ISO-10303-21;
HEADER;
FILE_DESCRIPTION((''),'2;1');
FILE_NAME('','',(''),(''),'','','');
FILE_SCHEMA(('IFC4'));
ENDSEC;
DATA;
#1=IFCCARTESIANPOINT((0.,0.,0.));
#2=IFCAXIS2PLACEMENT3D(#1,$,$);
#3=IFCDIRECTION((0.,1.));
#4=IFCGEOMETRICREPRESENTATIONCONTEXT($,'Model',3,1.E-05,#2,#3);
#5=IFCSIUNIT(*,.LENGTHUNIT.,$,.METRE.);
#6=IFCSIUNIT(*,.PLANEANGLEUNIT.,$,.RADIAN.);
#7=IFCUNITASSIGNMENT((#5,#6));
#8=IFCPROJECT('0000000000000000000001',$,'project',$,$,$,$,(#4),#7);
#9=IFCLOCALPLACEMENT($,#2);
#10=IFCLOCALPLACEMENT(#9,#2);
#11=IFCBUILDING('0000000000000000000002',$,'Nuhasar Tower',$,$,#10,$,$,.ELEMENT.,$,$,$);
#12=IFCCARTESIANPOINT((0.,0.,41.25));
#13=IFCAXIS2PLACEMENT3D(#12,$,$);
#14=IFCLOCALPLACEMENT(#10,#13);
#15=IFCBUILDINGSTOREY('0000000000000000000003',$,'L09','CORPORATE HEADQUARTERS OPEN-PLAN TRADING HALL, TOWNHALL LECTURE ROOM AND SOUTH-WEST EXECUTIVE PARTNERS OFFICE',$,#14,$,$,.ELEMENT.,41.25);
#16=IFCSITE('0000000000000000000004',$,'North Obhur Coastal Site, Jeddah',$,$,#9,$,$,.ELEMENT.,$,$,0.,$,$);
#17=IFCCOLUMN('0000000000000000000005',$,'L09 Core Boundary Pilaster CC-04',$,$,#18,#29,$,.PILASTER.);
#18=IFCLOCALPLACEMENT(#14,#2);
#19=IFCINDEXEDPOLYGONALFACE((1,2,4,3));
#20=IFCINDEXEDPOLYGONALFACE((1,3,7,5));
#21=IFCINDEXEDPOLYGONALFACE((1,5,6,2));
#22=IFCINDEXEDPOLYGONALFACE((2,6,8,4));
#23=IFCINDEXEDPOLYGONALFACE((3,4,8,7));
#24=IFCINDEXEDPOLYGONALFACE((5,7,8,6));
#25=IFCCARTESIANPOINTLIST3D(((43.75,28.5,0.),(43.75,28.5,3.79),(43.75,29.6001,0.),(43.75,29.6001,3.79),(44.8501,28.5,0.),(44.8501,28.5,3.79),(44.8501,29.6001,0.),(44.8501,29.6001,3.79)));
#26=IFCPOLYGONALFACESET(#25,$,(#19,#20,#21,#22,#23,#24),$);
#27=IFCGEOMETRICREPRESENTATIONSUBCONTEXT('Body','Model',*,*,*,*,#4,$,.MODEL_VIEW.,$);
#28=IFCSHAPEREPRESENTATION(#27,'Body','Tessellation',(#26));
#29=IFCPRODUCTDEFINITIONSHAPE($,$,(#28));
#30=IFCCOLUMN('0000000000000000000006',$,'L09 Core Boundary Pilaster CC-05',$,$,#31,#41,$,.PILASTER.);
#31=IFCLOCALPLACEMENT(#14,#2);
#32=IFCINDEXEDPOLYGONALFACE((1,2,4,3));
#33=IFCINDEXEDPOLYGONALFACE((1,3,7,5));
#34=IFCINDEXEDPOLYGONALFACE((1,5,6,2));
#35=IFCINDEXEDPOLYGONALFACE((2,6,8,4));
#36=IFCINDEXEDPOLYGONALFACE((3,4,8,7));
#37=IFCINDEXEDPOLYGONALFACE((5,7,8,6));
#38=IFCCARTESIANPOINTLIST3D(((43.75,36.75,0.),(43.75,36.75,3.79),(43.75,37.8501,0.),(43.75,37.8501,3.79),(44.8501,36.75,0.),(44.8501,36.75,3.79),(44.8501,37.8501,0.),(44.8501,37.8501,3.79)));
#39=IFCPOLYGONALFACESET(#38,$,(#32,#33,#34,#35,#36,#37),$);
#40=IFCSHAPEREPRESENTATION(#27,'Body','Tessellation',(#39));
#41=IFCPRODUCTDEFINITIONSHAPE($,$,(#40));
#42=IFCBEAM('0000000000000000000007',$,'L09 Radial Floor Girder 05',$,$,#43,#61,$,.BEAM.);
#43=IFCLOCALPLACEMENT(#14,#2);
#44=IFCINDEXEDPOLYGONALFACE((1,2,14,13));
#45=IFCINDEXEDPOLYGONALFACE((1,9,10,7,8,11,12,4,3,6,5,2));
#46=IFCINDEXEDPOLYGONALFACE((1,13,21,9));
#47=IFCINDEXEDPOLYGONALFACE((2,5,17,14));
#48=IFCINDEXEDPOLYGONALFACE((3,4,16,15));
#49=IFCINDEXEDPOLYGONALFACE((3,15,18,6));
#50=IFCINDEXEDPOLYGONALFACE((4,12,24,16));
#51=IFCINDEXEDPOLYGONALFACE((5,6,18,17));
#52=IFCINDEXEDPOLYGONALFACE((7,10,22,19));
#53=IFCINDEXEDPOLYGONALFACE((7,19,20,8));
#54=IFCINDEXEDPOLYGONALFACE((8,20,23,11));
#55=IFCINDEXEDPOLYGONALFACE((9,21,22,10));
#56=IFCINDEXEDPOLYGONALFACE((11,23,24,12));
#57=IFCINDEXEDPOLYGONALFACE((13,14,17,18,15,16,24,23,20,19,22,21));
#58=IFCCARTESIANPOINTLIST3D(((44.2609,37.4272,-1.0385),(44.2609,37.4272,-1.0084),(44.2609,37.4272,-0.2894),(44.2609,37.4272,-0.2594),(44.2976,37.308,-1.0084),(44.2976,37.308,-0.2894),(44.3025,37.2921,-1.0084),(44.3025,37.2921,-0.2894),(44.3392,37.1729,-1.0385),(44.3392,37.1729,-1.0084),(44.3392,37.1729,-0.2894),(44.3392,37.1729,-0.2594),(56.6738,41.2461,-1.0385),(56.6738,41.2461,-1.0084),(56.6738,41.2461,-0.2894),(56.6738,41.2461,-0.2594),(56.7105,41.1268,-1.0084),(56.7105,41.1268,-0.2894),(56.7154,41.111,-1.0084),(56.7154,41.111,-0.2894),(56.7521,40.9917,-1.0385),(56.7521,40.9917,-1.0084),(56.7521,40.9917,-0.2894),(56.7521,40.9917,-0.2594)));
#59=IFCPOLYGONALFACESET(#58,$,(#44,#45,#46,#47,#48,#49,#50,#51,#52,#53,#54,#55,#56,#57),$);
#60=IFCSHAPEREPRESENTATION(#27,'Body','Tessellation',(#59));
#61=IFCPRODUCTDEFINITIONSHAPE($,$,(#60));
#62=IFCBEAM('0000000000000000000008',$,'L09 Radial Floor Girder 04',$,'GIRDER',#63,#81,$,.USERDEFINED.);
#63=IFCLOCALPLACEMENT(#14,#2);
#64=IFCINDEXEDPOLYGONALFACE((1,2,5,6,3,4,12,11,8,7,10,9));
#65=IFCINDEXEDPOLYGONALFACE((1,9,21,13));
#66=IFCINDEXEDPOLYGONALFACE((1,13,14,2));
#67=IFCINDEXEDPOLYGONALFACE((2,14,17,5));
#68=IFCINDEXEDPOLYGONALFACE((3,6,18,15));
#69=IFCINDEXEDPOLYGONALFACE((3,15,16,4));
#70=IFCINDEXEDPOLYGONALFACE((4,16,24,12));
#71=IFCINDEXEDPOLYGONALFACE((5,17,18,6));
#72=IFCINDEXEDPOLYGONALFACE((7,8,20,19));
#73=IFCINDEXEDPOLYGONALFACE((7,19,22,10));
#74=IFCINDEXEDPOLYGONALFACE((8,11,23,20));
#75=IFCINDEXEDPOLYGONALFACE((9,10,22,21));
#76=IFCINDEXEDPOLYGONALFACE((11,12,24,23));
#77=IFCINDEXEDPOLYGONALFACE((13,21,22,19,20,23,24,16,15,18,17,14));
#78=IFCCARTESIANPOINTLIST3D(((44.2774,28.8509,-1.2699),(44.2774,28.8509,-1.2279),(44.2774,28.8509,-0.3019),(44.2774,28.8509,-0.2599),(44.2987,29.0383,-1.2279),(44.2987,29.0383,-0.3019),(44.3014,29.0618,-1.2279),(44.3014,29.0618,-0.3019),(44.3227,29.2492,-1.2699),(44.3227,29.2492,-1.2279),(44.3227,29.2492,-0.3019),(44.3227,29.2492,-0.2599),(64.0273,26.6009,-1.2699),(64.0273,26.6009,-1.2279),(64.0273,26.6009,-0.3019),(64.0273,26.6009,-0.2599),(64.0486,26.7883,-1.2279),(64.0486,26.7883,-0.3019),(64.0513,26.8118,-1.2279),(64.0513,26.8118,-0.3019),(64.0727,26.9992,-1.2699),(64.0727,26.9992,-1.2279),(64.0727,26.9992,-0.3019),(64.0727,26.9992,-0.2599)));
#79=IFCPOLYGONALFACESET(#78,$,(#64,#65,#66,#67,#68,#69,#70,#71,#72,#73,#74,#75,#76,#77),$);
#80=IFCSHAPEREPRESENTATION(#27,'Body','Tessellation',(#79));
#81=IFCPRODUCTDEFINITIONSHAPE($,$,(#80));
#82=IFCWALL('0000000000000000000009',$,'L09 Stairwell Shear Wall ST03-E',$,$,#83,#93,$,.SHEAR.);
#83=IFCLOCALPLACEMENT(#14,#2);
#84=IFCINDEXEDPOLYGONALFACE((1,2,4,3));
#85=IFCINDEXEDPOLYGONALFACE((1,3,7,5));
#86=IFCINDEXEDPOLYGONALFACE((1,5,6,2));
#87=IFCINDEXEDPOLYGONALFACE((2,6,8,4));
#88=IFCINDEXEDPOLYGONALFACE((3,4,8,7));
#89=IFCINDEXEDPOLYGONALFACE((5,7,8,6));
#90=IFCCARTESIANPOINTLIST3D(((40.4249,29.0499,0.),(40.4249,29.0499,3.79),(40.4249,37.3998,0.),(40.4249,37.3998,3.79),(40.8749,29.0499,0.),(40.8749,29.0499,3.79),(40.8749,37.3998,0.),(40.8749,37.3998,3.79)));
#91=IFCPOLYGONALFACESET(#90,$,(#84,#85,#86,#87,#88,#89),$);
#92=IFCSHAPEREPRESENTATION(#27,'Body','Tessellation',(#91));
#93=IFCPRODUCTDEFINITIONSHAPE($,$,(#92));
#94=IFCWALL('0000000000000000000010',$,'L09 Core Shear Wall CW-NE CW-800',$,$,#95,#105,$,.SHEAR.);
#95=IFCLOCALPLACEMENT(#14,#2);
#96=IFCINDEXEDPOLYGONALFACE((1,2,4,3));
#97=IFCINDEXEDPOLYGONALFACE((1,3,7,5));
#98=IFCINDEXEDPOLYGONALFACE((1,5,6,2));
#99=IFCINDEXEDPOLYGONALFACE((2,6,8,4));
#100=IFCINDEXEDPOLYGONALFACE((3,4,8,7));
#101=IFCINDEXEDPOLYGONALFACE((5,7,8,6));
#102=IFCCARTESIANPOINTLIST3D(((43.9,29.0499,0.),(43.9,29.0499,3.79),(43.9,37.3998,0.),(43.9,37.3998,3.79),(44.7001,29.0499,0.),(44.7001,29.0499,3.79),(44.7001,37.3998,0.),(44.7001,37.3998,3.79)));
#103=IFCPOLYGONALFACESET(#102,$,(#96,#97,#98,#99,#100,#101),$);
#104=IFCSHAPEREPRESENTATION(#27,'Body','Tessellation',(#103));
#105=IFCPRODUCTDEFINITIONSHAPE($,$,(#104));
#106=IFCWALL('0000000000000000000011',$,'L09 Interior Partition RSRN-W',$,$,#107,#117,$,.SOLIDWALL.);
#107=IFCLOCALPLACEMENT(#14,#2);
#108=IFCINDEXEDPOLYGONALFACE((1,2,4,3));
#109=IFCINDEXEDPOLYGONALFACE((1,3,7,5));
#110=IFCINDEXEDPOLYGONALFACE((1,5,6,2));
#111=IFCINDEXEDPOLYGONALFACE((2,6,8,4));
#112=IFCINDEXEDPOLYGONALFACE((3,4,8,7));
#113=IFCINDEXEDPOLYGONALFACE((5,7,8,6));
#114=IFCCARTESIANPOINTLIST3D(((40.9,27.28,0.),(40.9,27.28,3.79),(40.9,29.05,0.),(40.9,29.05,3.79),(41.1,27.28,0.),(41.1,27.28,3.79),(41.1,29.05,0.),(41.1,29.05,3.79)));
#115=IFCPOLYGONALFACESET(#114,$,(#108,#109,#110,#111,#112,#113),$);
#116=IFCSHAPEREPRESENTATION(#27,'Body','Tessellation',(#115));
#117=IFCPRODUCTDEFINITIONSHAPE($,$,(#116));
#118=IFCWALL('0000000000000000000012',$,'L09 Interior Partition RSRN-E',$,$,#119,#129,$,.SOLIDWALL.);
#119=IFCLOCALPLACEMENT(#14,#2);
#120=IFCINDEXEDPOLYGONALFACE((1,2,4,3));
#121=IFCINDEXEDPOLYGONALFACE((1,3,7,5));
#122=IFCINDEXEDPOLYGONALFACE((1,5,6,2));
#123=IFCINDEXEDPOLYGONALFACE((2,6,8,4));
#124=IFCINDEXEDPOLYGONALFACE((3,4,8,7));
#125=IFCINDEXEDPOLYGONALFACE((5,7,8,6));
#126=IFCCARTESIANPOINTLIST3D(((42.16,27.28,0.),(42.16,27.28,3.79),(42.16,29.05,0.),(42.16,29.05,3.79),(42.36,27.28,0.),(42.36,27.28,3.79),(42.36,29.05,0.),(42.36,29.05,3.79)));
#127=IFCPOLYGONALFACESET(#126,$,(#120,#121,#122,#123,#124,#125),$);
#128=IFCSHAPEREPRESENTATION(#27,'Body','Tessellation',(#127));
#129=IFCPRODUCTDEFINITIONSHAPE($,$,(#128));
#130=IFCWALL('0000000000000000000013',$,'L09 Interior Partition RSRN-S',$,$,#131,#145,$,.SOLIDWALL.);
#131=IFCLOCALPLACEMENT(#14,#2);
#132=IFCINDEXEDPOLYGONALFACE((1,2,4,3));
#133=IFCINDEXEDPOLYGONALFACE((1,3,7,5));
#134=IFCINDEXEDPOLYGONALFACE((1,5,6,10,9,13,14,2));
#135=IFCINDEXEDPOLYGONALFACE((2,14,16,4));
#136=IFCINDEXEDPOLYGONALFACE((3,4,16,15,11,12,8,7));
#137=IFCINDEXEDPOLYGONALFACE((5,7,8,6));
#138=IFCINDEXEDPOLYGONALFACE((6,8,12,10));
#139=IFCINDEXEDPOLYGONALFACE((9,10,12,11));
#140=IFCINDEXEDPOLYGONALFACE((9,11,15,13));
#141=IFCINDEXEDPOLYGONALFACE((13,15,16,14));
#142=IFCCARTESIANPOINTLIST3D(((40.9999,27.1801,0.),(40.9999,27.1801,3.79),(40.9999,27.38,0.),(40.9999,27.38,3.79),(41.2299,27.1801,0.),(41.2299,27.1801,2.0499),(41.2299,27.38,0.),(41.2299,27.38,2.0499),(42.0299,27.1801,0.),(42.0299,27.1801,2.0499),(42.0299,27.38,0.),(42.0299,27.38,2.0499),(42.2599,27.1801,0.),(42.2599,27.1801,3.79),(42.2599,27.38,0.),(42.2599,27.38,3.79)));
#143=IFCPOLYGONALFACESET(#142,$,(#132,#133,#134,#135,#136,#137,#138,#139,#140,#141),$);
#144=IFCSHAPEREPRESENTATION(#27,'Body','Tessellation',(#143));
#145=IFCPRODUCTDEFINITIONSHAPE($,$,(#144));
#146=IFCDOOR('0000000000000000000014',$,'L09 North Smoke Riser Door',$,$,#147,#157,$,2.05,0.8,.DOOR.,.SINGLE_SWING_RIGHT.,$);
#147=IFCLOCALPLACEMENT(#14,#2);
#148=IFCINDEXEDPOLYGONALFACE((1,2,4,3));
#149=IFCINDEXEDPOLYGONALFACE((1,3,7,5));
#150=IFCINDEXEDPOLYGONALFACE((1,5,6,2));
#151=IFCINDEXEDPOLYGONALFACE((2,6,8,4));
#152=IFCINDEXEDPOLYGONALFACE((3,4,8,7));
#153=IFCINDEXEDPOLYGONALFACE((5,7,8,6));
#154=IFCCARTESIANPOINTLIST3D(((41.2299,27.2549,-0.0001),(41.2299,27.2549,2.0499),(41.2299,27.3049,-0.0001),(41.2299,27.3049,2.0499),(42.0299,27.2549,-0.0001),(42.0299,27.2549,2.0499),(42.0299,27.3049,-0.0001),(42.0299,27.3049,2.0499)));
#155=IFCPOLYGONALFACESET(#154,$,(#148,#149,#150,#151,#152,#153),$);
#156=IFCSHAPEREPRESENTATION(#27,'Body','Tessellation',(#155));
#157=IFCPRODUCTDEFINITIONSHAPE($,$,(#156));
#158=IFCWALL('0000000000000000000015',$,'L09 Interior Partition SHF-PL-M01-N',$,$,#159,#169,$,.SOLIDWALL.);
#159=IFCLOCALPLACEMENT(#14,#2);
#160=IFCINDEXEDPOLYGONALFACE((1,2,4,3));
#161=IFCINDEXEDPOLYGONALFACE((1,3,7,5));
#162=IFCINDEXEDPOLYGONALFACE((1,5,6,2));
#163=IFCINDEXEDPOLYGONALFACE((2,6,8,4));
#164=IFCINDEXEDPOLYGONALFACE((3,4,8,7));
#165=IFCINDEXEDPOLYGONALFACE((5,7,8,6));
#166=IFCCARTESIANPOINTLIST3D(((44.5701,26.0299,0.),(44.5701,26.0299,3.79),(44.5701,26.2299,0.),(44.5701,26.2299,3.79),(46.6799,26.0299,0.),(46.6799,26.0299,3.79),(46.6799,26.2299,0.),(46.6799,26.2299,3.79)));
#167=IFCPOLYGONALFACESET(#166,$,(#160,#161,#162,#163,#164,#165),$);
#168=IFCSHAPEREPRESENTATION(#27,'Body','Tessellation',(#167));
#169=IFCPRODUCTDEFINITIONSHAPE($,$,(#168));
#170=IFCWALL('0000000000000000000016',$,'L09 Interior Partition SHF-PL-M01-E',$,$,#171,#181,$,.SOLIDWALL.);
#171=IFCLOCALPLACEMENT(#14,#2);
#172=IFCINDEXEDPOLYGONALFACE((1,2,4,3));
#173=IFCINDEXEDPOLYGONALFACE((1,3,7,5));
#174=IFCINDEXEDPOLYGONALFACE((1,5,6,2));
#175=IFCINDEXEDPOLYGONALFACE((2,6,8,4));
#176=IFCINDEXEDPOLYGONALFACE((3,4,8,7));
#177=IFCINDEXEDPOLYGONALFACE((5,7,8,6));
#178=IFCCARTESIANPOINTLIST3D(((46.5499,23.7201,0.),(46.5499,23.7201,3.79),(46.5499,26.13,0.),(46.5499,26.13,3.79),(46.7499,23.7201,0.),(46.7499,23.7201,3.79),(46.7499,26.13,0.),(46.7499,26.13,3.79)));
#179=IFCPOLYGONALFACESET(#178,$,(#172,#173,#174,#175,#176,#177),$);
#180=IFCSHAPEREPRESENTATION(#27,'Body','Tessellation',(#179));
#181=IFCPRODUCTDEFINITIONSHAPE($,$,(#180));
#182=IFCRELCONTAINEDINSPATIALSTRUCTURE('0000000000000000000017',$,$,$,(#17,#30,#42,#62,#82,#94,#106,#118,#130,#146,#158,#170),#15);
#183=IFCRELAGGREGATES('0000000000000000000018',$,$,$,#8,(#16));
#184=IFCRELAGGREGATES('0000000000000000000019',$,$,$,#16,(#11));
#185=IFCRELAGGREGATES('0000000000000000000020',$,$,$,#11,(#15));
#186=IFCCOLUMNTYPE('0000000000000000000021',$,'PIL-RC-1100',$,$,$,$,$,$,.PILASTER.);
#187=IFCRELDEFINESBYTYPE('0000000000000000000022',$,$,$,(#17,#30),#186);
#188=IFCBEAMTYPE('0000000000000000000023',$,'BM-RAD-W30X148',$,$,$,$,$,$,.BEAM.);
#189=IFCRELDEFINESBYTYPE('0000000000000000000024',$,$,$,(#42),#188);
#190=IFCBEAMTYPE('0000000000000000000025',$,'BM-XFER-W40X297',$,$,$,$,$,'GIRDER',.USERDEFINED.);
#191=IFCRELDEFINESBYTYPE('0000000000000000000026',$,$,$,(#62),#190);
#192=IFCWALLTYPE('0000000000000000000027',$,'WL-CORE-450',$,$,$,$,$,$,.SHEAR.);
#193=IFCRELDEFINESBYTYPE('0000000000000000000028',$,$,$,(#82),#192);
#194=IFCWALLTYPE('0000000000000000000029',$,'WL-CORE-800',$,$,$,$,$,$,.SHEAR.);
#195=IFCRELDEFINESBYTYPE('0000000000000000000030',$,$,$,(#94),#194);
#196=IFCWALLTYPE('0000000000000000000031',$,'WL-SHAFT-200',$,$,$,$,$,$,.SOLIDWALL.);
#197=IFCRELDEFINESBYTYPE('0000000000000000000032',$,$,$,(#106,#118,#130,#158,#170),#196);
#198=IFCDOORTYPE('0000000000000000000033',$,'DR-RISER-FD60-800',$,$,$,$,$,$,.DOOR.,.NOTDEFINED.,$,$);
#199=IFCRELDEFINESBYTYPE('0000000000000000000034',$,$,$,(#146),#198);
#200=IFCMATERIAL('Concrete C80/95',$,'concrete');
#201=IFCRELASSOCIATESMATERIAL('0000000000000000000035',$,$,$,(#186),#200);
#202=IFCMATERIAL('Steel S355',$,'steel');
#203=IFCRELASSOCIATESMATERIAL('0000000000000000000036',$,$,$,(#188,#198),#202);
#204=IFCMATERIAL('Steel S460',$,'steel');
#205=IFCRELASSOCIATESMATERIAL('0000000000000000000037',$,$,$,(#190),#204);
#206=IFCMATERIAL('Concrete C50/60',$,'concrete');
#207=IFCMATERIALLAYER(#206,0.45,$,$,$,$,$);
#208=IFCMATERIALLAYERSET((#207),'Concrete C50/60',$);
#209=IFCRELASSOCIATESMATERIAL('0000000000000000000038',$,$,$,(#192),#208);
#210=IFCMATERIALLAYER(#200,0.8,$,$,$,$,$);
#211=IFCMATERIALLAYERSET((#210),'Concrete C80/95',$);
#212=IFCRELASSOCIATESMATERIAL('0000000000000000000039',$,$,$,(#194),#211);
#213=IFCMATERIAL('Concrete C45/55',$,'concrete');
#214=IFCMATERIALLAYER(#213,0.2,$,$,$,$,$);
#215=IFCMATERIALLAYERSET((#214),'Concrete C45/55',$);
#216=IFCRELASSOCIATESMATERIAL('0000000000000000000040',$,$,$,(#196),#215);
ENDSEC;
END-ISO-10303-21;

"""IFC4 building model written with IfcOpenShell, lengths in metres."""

from ifc_helpers import new_model, si_unit, direction, frame, frame_2d, origin, origin_2d, place, context, subcontext, project, spatial, rectangle, i_section, extrude, material, layer, layer_set, material_profile, profile_set, type_object, element, fill, save


model = new_model("IFC4")

# Units and contexts
model_context = context("Model", 3, precision=1e-05, world=origin(), true_north=direction((0.0, 1.0)))
body_context = subcontext(model_context, "Body", "Model", "MODEL_VIEW")
ifc_project = project(units=[si_unit("LENGTHUNIT", "METRE"), si_unit("PLANEANGLEUNIT", "RADIAN")], contexts=[model_context])

# Site, building, storey
site_placement = place(None, origin())
site = spatial("IfcSite", under=ifc_project, at=site_placement, Name="North Obhur Coastal Site, Jeddah", CompositionType="ELEMENT", RefElevation=0.0)
building_placement = place(site_placement, origin())
building = spatial("IfcBuilding", under=site, at=building_placement, Name="Nuhasar Tower", CompositionType="ELEMENT")
storey_placement = place(building_placement, frame((0.0, 0.0, 41.25)))
storey = spatial("IfcBuildingStorey", under=building, at=storey_placement, Name="L09", Description="CORPORATE HEADQUARTERS OPEN-PLAN TRADING HALL, TOWNHALL LECTURE ROOM AND SOUTH-WEST EXECUTIVE PARTNERS OFFICE", CompositionType="ELEMENT", Elevation=41.25)

# Columns
ifc_material_1 = material(Name="Concrete C80/95", Category="concrete")
ifc_material_profile_1 = material_profile(ifc_material_1, rectangle(XDim=1.1001, YDim=1.1001, at=origin_2d()), Name="RC1100X1100")
ifc_profile_set_1 = profile_set([ifc_material_profile_1], Name="Concrete C80/95")
column_type = type_object("IfcColumnType", Name="PIL-RC-1100", PredefinedType="PILASTER", material=ifc_profile_set_1)
for number, where, z_axis, x_axis, name in (
    (1, (44.3, 29.05, 0.0), (0.0, 0.0, 1.0), (1.0, 0.0, 0.0), "L09 Core Boundary Pilaster CC-04"),
    (2, (44.3, 37.3, 0.0), (0.0, 0.0, 1.0), (1.0, 0.0, 0.0), "L09 Core Boundary Pilaster CC-05"),
):
    element("IfcColumn", number, at=place(storey_placement, frame(where, z_axis=z_axis, x_axis=x_axis)), inside=storey, type_object=column_type, Name=name, PredefinedType="PILASTER", context=body_context, shape_type="SweptSolid", body=[
        extrude(rectangle(XDim=1.1001, YDim=1.1001, at=origin_2d()), origin(), (0.0, 0.0, 1.0), 3.79),
    ])

# Beams
ifc_material_2 = material(Name="Steel S355", Category="steel")
ifc_material_profile_2 = material_profile(ifc_material_2, i_section(OverallWidth=0.2661, OverallDepth=0.7791, WebThickness=0.0166, FlangeThickness=0.03, at=origin_2d()), Name="W30X148")
ifc_profile_set_2 = profile_set([ifc_material_profile_2], Name="Steel S355")
beam_type_1 = type_object("IfcBeamType", Name="BM-RAD-W30X148", PredefinedType="BEAM", material=ifc_profile_set_2)
beam_1_placement = place(storey_placement, frame((44.3, 37.3, -0.6489), z_axis=(0.95579, 0.294052, 0.0), x_axis=(-0.294052, 0.95579, 0.0)))
element("IfcBeam", 3, at=beam_1_placement, inside=storey, type_object=beam_type_1, Name="L09 Radial Floor Girder 05", PredefinedType="BEAM", context=body_context, shape_type="SweptSolid", body=[
    extrude(i_section(OverallWidth=0.2661, OverallDepth=0.7791, WebThickness=0.0166, FlangeThickness=0.03, at=origin_2d()), origin(), (0.0, 0.0, 1.0), 12.9871),
])
ifc_material_3 = material(Name="Steel S460", Category="steel")
ifc_material_profile_3 = material_profile(ifc_material_3, i_section(OverallWidth=0.4009, OverallDepth=1.01, WebThickness=0.0237, FlangeThickness=0.042, at=origin_2d()), Name="W40X297")
ifc_profile_set_3 = profile_set([ifc_material_profile_3], Name="Steel S460")
beam_type_2 = type_object("IfcBeamType", Name="BM-XFER-W40X297", ElementType="GIRDER", PredefinedType="USERDEFINED", material=ifc_profile_set_3)
beam_2_placement = place(storey_placement, frame((44.3, 29.05, -0.7649), z_axis=(0.993573, -0.113192, 0.0), x_axis=(0.113192, 0.993573, 0.0)))
element("IfcBeam", 4, at=beam_2_placement, inside=storey, type_object=beam_type_2, Name="L09 Radial Floor Girder 04", ObjectType="GIRDER", PredefinedType="USERDEFINED", context=body_context, shape_type="SweptSolid", body=[
    extrude(i_section(OverallWidth=0.4009, OverallDepth=1.01, WebThickness=0.0237, FlangeThickness=0.042, at=origin_2d()), origin(), (0.0, 0.0, 1.0), 19.8777),
])

# Shared definitions
ifc_material_4 = material(Name="Concrete C50/60", Category="concrete")
ifc_layer_1 = layer(ifc_material_4, 0.45)
ifc_layer_set_1 = layer_set([ifc_layer_1], Name="Concrete C50/60")
wall_type_1 = type_object("IfcWallType", Name="WL-CORE-450", PredefinedType="SHEAR", material=ifc_layer_set_1)

# Wall
wall_1_placement = place(storey_placement, frame((40.6499, 29.05, 0.0), z_axis=(0.0, 0.0, 1.0), x_axis=(0.0, 1.0, 0.0)))
element("IfcWall", 5, at=wall_1_placement, inside=storey, type_object=wall_type_1, Name="L09 Stairwell Shear Wall ST03-E", PredefinedType="SHEAR", context=body_context, shape_type="SweptSolid", body=[
    extrude(rectangle(XDim=8.3499, YDim=0.45, at=frame_2d((4.1748, 0.0))), origin(), (0.0, 0.0, 1.0), 3.79),
])

# Walls
ifc_layer_2 = layer(ifc_material_1, 0.8)
ifc_layer_set_2 = layer_set([ifc_layer_2], Name="Concrete C80/95")
wall_type_2 = type_object("IfcWallType", Name="WL-CORE-800", PredefinedType="SHEAR", material=ifc_layer_set_2)
wall_2_placement = place(storey_placement, frame((44.3, 29.05, 0.0), z_axis=(0.0, 0.0, 1.0), x_axis=(0.0, 1.0, 0.0)))
element("IfcWall", 6, at=wall_2_placement, inside=storey, type_object=wall_type_2, Name="L09 Core Shear Wall CW-NE CW-800", PredefinedType="SHEAR", context=body_context, shape_type="SweptSolid", body=[
    extrude(rectangle(XDim=8.3499, YDim=0.8, at=frame_2d((4.1748, 0.0))), origin(), (0.0, 0.0, 1.0), 3.79),
])
ifc_material_5 = material(Name="Concrete C45/55", Category="concrete")
ifc_layer_3 = layer(ifc_material_5, 0.2)
ifc_layer_set_3 = layer_set([ifc_layer_3], Name="Concrete C45/55")
wall_type_3 = type_object("IfcWallType", Name="WL-SHAFT-200", PredefinedType="SOLIDWALL", material=ifc_layer_set_3)
for number, where, z_axis, x_axis, name in (
    (7, (41.0, 27.28, 0.0), (0.0, 0.0, 1.0), (0.0, 1.0, 0.0), "L09 Interior Partition RSRN-W"),
    (8, (42.26, 27.28, 0.0), (0.0, 0.0, 1.0), (0.0, 1.0, 0.0), "L09 Interior Partition RSRN-E"),
):
    element("IfcWall", number, at=place(storey_placement, frame(where, z_axis=z_axis, x_axis=x_axis)), inside=storey, type_object=wall_type_3, Name=name, PredefinedType="SOLIDWALL", context=body_context, shape_type="SweptSolid", body=[
        extrude(rectangle(XDim=1.77, YDim=0.2, at=frame_2d((0.885, 0.0))), origin(), (0.0, 0.0, 1.0), 3.79),
    ])

# Wall, opening, door
wall_3_placement = place(storey_placement, frame((41.0, 27.28, 0.0), z_axis=(0.0, 0.0, 1.0), x_axis=(1.0, 0.0, 0.0)))
wall_3 = element("IfcWall", 9, at=wall_3_placement, inside=storey, type_object=wall_type_3, Name="L09 Interior Partition RSRN-S", PredefinedType="SOLIDWALL", context=body_context, shape_type="SweptSolid", body=[
    extrude(rectangle(XDim=1.26, YDim=0.2, at=frame_2d((0.6299, 0.0))), origin(), (0.0, 0.0, 1.0), 3.79),
])
opening_1_placement = place(wall_3_placement, frame((0.23, 0.0, 0.0)))
opening_1 = element("IfcOpeningElement", 10, at=opening_1_placement, cuts=wall_3, PredefinedType="OPENING", context=body_context, shape_type="SweptSolid", body=[
    extrude(rectangle(XDim=0.8, YDim=2.05, at=frame_2d((0.3999, 1.0249))), frame((0.0, 0.1099, 0.0), z_axis=(0.0, -1.0, 0.0), x_axis=(1.0, 0.0, 0.0)), (0.0, 0.0, 1.0), 0.22),
])
door_type_1 = type_object("IfcDoorType", Name="DR-RISER-FD60-800", OperationType="NOTDEFINED", PredefinedType="DOOR", material=ifc_material_2)
door_1_placement = place(opening_1_placement, origin())
door_1 = element("IfcDoor", 11, at=door_1_placement, inside=storey, type_object=door_type_1, Name="L09 North Smoke Riser Door", OperationType="SINGLE_SWING_RIGHT", OverallHeight=2.05, OverallWidth=0.8, PredefinedType="DOOR", context=body_context, shape_type="SweptSolid", body=[
    extrude(rectangle(XDim=0.8, YDim=2.05, at=frame_2d((0.3999, 1.0249))), frame((0.0, 0.0249, 0.0), z_axis=(0.0, -1.0, 0.0), x_axis=(1.0, 0.0, 0.0)), (0.0, 0.0, 1.0), 0.05),
])
fill(opening_1, door_1)

# Walls
wall_4_placement = place(storey_placement, frame((44.5701, 26.1299, 0.0), z_axis=(0.0, 0.0, 1.0), x_axis=(1.0, 0.0, 0.0)))
element("IfcWall", 12, at=wall_4_placement, inside=storey, type_object=wall_type_3, Name="L09 Interior Partition SHF-PL-M01-N", PredefinedType="SOLIDWALL", context=body_context, shape_type="SweptSolid", body=[
    extrude(rectangle(XDim=2.1099, YDim=0.2, at=frame_2d((1.0549, 0.0))), origin(), (0.0, 0.0, 1.0), 3.79),
])
wall_5_placement = place(storey_placement, frame((46.6499, 23.72, 0.0), z_axis=(0.0, 0.0, 1.0), x_axis=(0.0, 1.0, 0.0)))
element("IfcWall", 13, at=wall_5_placement, inside=storey, type_object=wall_type_3, Name="L09 Interior Partition SHF-PL-M01-E", PredefinedType="SOLIDWALL", context=body_context, shape_type="SweptSolid", body=[
    extrude(rectangle(XDim=2.4099, YDim=0.2, at=frame_2d((1.2051, 0.0))), origin(), (0.0, 0.0, 1.0), 3.79),
])

save(model, "model.ifc")
